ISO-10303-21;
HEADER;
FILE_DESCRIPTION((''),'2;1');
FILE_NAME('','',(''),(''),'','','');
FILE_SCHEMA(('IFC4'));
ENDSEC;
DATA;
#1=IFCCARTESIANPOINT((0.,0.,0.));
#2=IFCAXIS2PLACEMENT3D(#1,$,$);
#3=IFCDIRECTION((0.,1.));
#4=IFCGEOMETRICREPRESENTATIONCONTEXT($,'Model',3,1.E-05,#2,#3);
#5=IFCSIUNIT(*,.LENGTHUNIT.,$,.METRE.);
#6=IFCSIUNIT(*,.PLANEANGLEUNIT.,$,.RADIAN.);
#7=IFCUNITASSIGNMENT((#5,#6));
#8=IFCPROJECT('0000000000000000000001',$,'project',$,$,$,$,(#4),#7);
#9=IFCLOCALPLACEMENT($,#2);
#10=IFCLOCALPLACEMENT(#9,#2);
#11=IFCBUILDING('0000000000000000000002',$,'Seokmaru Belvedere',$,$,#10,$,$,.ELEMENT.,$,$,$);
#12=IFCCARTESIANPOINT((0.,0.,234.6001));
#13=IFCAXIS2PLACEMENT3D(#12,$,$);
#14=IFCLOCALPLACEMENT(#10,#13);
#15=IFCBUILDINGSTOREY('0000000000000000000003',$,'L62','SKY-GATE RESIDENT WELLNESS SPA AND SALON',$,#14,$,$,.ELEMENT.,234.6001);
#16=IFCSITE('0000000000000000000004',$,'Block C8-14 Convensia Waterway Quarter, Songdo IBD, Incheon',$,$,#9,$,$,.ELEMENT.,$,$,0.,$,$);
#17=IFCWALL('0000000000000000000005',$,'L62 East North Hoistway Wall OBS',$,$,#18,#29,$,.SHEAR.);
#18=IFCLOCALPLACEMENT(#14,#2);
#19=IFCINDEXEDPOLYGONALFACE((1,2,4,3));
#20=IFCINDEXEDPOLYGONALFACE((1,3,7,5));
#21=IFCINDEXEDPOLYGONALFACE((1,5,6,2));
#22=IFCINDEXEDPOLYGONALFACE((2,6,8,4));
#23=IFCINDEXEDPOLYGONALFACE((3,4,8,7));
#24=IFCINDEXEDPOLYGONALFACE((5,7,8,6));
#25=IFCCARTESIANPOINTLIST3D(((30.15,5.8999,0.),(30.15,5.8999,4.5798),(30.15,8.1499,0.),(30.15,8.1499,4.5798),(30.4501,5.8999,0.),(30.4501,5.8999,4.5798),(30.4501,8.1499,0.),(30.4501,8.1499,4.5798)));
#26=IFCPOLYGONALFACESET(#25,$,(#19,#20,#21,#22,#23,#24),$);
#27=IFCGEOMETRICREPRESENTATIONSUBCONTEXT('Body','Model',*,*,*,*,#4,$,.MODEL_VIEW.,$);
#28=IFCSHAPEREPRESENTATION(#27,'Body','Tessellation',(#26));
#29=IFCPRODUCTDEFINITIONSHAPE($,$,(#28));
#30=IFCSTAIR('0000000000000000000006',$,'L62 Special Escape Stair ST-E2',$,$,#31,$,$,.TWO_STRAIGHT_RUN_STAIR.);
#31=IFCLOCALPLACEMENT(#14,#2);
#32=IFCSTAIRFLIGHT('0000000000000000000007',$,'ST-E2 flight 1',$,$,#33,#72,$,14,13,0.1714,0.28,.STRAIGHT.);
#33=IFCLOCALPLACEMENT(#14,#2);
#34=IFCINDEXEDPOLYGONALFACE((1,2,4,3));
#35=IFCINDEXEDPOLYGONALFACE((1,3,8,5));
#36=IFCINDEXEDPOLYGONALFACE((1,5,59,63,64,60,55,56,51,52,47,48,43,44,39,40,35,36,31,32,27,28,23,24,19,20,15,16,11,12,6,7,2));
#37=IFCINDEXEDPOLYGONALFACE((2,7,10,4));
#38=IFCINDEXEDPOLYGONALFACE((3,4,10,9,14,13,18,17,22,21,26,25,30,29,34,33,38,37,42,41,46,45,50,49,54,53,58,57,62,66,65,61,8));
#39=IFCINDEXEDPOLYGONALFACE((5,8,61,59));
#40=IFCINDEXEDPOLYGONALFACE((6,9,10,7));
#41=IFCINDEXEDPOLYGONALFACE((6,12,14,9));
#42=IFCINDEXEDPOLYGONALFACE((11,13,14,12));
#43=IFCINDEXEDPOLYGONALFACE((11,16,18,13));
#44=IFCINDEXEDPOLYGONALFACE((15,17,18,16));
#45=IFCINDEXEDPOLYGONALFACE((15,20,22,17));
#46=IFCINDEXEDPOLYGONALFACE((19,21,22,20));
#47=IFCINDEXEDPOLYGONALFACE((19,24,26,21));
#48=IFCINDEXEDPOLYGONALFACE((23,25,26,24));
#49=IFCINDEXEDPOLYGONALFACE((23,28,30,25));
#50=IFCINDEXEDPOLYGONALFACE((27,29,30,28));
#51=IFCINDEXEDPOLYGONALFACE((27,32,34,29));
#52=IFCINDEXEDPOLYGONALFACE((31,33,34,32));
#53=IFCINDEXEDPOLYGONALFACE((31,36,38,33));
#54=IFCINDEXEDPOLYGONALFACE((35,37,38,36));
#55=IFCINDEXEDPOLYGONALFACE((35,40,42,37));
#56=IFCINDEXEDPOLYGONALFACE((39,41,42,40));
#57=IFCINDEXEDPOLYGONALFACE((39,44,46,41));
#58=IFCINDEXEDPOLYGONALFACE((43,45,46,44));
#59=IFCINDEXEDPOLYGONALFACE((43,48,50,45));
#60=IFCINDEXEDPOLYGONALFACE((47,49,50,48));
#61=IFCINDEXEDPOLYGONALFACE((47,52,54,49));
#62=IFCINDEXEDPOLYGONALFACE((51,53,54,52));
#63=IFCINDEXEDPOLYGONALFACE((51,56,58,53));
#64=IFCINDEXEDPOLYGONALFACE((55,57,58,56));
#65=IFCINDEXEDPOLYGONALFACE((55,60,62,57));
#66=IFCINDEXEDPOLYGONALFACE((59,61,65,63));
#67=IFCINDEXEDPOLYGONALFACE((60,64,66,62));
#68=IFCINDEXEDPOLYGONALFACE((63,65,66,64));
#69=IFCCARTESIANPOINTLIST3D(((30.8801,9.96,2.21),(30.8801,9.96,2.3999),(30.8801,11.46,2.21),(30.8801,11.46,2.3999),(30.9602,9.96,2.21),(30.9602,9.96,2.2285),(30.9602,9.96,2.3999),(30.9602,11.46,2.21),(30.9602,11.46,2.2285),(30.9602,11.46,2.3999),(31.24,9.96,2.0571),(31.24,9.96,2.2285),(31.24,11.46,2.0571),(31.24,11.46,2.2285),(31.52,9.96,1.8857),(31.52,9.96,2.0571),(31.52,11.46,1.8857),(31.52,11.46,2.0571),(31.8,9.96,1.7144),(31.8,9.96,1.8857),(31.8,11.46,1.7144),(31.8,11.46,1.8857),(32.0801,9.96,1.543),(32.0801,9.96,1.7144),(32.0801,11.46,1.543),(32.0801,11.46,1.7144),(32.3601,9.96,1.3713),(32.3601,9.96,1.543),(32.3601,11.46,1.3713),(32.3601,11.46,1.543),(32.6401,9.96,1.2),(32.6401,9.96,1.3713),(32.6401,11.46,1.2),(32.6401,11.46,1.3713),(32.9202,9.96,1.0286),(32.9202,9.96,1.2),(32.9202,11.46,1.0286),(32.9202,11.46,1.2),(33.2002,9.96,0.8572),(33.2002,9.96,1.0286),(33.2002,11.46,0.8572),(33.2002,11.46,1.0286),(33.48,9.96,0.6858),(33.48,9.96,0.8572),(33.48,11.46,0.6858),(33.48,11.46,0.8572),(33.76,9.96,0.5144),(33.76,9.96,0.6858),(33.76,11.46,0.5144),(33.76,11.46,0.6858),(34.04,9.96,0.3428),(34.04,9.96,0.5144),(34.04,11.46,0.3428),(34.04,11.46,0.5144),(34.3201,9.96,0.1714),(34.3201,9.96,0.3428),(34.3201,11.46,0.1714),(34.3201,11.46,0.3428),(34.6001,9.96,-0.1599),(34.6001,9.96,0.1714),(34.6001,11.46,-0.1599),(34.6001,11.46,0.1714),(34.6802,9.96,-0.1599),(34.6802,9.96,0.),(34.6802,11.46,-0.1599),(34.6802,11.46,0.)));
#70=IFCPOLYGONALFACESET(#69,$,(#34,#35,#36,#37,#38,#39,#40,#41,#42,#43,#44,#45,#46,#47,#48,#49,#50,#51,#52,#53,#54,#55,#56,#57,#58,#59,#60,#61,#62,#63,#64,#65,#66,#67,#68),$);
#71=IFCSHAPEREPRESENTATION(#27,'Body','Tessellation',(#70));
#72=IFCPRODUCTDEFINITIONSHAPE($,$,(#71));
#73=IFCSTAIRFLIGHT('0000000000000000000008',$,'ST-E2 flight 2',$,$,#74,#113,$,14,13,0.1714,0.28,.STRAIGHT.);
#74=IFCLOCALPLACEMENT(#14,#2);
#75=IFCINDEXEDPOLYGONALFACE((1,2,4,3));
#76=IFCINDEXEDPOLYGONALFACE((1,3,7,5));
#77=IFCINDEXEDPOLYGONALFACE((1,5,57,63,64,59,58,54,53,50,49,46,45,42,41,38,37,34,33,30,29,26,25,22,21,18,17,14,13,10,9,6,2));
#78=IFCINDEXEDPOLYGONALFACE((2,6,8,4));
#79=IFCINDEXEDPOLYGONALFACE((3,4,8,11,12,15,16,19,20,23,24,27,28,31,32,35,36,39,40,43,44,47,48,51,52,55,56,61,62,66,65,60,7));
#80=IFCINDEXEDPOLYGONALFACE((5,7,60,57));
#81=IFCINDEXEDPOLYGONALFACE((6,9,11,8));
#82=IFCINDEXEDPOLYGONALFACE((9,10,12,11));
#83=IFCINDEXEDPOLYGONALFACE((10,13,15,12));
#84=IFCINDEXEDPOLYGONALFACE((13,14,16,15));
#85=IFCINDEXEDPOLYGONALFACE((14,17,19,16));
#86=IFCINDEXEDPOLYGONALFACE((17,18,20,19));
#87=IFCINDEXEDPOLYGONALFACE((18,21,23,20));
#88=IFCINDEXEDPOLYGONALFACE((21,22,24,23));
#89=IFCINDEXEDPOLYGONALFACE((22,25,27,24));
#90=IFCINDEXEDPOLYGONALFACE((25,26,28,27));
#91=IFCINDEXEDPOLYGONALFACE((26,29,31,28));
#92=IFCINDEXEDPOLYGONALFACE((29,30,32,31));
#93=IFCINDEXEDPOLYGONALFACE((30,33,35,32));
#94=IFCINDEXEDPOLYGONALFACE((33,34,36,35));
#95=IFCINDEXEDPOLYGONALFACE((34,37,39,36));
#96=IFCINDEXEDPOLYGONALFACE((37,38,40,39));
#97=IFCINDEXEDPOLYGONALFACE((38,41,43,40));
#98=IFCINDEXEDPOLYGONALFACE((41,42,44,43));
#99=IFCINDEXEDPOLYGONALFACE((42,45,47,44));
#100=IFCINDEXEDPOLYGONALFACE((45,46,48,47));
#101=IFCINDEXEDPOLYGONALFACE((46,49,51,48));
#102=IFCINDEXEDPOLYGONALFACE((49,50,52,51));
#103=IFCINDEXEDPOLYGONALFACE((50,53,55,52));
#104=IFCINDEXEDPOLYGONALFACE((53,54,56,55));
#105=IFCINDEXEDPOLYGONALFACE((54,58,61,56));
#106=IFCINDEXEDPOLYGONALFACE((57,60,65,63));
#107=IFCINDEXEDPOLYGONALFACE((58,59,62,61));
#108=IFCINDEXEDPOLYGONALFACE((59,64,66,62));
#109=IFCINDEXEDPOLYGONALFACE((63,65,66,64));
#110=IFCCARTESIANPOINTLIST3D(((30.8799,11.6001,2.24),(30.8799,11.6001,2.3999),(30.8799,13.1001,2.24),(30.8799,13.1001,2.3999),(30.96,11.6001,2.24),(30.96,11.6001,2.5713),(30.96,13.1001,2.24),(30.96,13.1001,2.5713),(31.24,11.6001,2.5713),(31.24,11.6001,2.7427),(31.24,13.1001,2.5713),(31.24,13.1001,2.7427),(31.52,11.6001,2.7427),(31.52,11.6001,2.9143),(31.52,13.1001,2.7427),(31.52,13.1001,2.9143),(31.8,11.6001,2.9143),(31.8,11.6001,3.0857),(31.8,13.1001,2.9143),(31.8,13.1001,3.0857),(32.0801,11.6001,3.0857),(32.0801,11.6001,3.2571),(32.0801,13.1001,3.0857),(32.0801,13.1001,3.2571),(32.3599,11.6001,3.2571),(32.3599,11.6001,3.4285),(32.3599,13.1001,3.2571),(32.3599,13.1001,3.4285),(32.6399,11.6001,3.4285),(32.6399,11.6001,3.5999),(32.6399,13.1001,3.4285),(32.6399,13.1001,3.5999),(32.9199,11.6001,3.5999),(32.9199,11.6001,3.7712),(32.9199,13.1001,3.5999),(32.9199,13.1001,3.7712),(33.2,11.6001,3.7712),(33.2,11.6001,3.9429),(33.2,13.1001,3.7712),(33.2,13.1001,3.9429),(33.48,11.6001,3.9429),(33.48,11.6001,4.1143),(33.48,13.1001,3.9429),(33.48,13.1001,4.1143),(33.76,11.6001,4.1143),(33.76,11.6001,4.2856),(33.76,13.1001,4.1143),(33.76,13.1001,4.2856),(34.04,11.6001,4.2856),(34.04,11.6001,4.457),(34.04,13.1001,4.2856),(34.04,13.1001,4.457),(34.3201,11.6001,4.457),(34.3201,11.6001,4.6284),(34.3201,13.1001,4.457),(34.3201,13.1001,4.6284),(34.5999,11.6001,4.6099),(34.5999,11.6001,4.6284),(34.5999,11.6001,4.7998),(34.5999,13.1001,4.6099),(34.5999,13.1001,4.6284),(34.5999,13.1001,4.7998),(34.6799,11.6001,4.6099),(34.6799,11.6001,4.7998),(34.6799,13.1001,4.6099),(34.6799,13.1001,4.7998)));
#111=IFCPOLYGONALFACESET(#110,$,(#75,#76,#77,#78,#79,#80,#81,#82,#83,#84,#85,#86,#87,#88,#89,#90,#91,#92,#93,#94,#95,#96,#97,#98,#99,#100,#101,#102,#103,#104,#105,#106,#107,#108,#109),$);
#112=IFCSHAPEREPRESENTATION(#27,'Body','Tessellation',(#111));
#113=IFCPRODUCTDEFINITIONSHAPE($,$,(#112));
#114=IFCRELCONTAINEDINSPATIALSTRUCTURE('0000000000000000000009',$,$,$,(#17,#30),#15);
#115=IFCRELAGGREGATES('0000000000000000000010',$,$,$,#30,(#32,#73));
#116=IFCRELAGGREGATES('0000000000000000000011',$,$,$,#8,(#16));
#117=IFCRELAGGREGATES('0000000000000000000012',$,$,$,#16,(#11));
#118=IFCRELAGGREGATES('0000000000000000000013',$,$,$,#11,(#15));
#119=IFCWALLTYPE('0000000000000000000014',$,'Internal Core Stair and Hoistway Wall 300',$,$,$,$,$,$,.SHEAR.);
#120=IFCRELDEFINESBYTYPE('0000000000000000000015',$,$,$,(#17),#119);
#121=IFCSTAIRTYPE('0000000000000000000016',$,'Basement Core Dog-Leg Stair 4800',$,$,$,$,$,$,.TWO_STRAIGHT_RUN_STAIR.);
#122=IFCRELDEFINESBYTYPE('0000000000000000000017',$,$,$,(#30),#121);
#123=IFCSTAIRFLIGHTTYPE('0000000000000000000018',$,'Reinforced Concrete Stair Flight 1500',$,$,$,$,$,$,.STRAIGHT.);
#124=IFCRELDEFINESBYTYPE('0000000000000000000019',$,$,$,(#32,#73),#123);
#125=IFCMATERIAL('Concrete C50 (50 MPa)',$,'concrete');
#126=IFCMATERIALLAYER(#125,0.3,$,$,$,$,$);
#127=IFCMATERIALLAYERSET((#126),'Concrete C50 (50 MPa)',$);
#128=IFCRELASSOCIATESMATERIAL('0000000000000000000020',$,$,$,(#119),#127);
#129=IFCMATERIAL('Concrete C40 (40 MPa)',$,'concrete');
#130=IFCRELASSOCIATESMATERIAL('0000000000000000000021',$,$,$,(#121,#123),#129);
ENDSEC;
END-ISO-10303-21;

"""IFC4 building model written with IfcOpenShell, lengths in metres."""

from ifc_helpers import new_model, si_unit, direction, frame, frame_2d, origin, place, context, subcontext, project, spatial, polyline, rectangle, outline, extrude, material, layer, layer_set, type_object, element, aggregate, save


model = new_model("IFC4")

# Units and contexts
model_context = context("Model", 3, precision=1e-05, world=origin(), true_north=direction((0.0, 1.0)))
body_context = subcontext(model_context, "Body", "Model", "MODEL_VIEW")
ifc_project = project(units=[si_unit("LENGTHUNIT", "METRE"), si_unit("PLANEANGLEUNIT", "RADIAN")], contexts=[model_context])

# Site, building, storey
site_placement = place(None, origin())
site = spatial("IfcSite", under=ifc_project, at=site_placement, Name="Block C8-14 Convensia Waterway Quarter, Songdo IBD, Incheon", CompositionType="ELEMENT", RefElevation=0.0)
building_placement = place(site_placement, origin())
building = spatial("IfcBuilding", under=site, at=building_placement, Name="Seokmaru Belvedere", CompositionType="ELEMENT")
storey_placement = place(building_placement, frame((0.0, 0.0, 234.6001)))
storey = spatial("IfcBuildingStorey", under=building, at=storey_placement, Name="L62", Description="SKY-GATE RESIDENT WELLNESS SPA AND SALON", CompositionType="ELEMENT", Elevation=234.6001)

# Shared definitions
ifc_material_1 = material(Name="Concrete C50 (50 MPa)", Category="concrete")
ifc_layer_1 = layer(ifc_material_1, 0.3)
ifc_layer_set_1 = layer_set([ifc_layer_1], Name="Concrete C50 (50 MPa)")
wall_type_1 = type_object("IfcWallType", Name="Internal Core Stair and Hoistway Wall 300", PredefinedType="SHEAR", material=ifc_layer_set_1)

# Wall
wall_1_placement = place(storey_placement, frame((30.3, 5.8999, 0.0), z_axis=(0.0, 0.0, 1.0), x_axis=(0.0, 1.0, 0.0)))
element("IfcWall", 1, at=wall_1_placement, inside=storey, type_object=wall_type_1, Name="L62 East North Hoistway Wall OBS", PredefinedType="SHEAR", context=body_context, shape_type="SweptSolid", body=[
    extrude(rectangle(XDim=2.25, YDim=0.3, at=frame_2d((1.125, 0.0))), origin(), (0.0, 0.0, 1.0), 4.5798),
])

# Stair, stair flights
ifc_material_2 = material(Name="Concrete C40 (40 MPa)", Category="concrete")
stair_type = type_object("IfcStairType", Name="Basement Core Dog-Leg Stair 4800", PredefinedType="TWO_STRAIGHT_RUN_STAIR", material=ifc_material_2)
stair_placement = place(storey_placement, origin())
stair = element("IfcStair", 2, at=stair_placement, inside=storey, type_object=stair_type, Name="L62 Special Escape Stair ST-E2", PredefinedType="TWO_STRAIGHT_RUN_STAIR")
stair_flight_type = type_object("IfcStairFlightType", Name="Reinforced Concrete Stair Flight 1500", PredefinedType="STRAIGHT", material=ifc_material_2)
stair_flight_1_placement = place(storey_placement, frame((34.6001, 10.71, 0.0), z_axis=(0.0, 0.0, 1.0), x_axis=(-1.0, 0.0, 0.0)))
stair_flight_1 = element("IfcStairFlight", 3, at=stair_flight_1_placement, type_object=stair_flight_type, Name="ST-E2 flight 1", NumberOfRisers=14, NumberOfTreads=13, PredefinedType="STRAIGHT", RiserHeight=0.1714, TreadLength=0.28, context=body_context, shape_type="SweptSolid", body=[
    extrude(outline(polyline([(-0.0801, 0.0), (0.0, 0.1714), (0.28, 0.1714), (0.28, 0.3428), (0.5601, 0.3428), (0.5601, 0.5144), (0.8401, 0.5144), (0.8401, 0.6858), (1.1201, 0.6858), (1.1201, 0.8572), (1.3999, 0.8572), (1.3999, 1.0286), (1.6799, 1.0286), (1.6799, 1.2), (1.96, 1.2), (1.96, 1.3713), (2.24, 1.3713), (2.24, 1.543), (2.52, 1.543), (2.52, 1.7144), (2.8, 1.7144), (2.8, 1.8857), (3.0801, 1.8857), (3.0801, 2.0571), (3.3601, 2.0571), (3.3601, 2.2285), (3.6399, 2.2285), (3.6399, 2.3999), (3.72, 2.3999), (3.72, 2.21), (3.6399, 2.21), (0.0, -0.1599), (-0.0801, -0.1599), (-0.0801, 0.0)])), frame((0.0, 0.75, 0.0), z_axis=(0.0, -1.0, 0.0), x_axis=(1.0, 0.0, 0.0)), (0.0, 0.0, 1.0), 1.5),
])
stair_flight_2_placement = place(storey_placement, frame((30.96, 12.3501, 2.3999), z_axis=(0.0, 0.0, 1.0), x_axis=(1.0, 0.0, 0.0)))
stair_flight_2 = element("IfcStairFlight", 4, at=stair_flight_2_placement, type_object=stair_flight_type, Name="ST-E2 flight 2", NumberOfRisers=14, NumberOfTreads=13, PredefinedType="STRAIGHT", RiserHeight=0.1714, TreadLength=0.28, context=body_context, shape_type="SweptSolid", body=[
    extrude(outline(polyline([(-0.0801, 0.0), (0.0, 0.1714), (0.28, 0.1714), (0.28, 0.3428), (0.5601, 0.3428), (0.5601, 0.5144), (0.8401, 0.5144), (0.8401, 0.6858), (1.1201, 0.6858), (1.1201, 0.8572), (1.3999, 0.8572), (1.3999, 1.0286), (1.6799, 1.0286), (1.6799, 1.2), (1.96, 1.2), (1.96, 1.3713), (2.24, 1.3713), (2.24, 1.543), (2.52, 1.543), (2.52, 1.7144), (2.8, 1.7144), (2.8, 1.8857), (3.0801, 1.8857), (3.0801, 2.0571), (3.3601, 2.0571), (3.3601, 2.2285), (3.6399, 2.2285), (3.6399, 2.3999), (3.72, 2.3999), (3.72, 2.21), (3.6399, 2.21), (0.0, -0.1599), (-0.0801, -0.1599), (-0.0801, 0.0)])), frame((0.0, 0.75, 0.0), z_axis=(0.0, -1.0, 0.0), x_axis=(1.0, 0.0, 0.0)), (0.0, 0.0, 1.0), 1.5),
])
aggregate(stair, [stair_flight_1, stair_flight_2])

save(model, "model.ifc")
